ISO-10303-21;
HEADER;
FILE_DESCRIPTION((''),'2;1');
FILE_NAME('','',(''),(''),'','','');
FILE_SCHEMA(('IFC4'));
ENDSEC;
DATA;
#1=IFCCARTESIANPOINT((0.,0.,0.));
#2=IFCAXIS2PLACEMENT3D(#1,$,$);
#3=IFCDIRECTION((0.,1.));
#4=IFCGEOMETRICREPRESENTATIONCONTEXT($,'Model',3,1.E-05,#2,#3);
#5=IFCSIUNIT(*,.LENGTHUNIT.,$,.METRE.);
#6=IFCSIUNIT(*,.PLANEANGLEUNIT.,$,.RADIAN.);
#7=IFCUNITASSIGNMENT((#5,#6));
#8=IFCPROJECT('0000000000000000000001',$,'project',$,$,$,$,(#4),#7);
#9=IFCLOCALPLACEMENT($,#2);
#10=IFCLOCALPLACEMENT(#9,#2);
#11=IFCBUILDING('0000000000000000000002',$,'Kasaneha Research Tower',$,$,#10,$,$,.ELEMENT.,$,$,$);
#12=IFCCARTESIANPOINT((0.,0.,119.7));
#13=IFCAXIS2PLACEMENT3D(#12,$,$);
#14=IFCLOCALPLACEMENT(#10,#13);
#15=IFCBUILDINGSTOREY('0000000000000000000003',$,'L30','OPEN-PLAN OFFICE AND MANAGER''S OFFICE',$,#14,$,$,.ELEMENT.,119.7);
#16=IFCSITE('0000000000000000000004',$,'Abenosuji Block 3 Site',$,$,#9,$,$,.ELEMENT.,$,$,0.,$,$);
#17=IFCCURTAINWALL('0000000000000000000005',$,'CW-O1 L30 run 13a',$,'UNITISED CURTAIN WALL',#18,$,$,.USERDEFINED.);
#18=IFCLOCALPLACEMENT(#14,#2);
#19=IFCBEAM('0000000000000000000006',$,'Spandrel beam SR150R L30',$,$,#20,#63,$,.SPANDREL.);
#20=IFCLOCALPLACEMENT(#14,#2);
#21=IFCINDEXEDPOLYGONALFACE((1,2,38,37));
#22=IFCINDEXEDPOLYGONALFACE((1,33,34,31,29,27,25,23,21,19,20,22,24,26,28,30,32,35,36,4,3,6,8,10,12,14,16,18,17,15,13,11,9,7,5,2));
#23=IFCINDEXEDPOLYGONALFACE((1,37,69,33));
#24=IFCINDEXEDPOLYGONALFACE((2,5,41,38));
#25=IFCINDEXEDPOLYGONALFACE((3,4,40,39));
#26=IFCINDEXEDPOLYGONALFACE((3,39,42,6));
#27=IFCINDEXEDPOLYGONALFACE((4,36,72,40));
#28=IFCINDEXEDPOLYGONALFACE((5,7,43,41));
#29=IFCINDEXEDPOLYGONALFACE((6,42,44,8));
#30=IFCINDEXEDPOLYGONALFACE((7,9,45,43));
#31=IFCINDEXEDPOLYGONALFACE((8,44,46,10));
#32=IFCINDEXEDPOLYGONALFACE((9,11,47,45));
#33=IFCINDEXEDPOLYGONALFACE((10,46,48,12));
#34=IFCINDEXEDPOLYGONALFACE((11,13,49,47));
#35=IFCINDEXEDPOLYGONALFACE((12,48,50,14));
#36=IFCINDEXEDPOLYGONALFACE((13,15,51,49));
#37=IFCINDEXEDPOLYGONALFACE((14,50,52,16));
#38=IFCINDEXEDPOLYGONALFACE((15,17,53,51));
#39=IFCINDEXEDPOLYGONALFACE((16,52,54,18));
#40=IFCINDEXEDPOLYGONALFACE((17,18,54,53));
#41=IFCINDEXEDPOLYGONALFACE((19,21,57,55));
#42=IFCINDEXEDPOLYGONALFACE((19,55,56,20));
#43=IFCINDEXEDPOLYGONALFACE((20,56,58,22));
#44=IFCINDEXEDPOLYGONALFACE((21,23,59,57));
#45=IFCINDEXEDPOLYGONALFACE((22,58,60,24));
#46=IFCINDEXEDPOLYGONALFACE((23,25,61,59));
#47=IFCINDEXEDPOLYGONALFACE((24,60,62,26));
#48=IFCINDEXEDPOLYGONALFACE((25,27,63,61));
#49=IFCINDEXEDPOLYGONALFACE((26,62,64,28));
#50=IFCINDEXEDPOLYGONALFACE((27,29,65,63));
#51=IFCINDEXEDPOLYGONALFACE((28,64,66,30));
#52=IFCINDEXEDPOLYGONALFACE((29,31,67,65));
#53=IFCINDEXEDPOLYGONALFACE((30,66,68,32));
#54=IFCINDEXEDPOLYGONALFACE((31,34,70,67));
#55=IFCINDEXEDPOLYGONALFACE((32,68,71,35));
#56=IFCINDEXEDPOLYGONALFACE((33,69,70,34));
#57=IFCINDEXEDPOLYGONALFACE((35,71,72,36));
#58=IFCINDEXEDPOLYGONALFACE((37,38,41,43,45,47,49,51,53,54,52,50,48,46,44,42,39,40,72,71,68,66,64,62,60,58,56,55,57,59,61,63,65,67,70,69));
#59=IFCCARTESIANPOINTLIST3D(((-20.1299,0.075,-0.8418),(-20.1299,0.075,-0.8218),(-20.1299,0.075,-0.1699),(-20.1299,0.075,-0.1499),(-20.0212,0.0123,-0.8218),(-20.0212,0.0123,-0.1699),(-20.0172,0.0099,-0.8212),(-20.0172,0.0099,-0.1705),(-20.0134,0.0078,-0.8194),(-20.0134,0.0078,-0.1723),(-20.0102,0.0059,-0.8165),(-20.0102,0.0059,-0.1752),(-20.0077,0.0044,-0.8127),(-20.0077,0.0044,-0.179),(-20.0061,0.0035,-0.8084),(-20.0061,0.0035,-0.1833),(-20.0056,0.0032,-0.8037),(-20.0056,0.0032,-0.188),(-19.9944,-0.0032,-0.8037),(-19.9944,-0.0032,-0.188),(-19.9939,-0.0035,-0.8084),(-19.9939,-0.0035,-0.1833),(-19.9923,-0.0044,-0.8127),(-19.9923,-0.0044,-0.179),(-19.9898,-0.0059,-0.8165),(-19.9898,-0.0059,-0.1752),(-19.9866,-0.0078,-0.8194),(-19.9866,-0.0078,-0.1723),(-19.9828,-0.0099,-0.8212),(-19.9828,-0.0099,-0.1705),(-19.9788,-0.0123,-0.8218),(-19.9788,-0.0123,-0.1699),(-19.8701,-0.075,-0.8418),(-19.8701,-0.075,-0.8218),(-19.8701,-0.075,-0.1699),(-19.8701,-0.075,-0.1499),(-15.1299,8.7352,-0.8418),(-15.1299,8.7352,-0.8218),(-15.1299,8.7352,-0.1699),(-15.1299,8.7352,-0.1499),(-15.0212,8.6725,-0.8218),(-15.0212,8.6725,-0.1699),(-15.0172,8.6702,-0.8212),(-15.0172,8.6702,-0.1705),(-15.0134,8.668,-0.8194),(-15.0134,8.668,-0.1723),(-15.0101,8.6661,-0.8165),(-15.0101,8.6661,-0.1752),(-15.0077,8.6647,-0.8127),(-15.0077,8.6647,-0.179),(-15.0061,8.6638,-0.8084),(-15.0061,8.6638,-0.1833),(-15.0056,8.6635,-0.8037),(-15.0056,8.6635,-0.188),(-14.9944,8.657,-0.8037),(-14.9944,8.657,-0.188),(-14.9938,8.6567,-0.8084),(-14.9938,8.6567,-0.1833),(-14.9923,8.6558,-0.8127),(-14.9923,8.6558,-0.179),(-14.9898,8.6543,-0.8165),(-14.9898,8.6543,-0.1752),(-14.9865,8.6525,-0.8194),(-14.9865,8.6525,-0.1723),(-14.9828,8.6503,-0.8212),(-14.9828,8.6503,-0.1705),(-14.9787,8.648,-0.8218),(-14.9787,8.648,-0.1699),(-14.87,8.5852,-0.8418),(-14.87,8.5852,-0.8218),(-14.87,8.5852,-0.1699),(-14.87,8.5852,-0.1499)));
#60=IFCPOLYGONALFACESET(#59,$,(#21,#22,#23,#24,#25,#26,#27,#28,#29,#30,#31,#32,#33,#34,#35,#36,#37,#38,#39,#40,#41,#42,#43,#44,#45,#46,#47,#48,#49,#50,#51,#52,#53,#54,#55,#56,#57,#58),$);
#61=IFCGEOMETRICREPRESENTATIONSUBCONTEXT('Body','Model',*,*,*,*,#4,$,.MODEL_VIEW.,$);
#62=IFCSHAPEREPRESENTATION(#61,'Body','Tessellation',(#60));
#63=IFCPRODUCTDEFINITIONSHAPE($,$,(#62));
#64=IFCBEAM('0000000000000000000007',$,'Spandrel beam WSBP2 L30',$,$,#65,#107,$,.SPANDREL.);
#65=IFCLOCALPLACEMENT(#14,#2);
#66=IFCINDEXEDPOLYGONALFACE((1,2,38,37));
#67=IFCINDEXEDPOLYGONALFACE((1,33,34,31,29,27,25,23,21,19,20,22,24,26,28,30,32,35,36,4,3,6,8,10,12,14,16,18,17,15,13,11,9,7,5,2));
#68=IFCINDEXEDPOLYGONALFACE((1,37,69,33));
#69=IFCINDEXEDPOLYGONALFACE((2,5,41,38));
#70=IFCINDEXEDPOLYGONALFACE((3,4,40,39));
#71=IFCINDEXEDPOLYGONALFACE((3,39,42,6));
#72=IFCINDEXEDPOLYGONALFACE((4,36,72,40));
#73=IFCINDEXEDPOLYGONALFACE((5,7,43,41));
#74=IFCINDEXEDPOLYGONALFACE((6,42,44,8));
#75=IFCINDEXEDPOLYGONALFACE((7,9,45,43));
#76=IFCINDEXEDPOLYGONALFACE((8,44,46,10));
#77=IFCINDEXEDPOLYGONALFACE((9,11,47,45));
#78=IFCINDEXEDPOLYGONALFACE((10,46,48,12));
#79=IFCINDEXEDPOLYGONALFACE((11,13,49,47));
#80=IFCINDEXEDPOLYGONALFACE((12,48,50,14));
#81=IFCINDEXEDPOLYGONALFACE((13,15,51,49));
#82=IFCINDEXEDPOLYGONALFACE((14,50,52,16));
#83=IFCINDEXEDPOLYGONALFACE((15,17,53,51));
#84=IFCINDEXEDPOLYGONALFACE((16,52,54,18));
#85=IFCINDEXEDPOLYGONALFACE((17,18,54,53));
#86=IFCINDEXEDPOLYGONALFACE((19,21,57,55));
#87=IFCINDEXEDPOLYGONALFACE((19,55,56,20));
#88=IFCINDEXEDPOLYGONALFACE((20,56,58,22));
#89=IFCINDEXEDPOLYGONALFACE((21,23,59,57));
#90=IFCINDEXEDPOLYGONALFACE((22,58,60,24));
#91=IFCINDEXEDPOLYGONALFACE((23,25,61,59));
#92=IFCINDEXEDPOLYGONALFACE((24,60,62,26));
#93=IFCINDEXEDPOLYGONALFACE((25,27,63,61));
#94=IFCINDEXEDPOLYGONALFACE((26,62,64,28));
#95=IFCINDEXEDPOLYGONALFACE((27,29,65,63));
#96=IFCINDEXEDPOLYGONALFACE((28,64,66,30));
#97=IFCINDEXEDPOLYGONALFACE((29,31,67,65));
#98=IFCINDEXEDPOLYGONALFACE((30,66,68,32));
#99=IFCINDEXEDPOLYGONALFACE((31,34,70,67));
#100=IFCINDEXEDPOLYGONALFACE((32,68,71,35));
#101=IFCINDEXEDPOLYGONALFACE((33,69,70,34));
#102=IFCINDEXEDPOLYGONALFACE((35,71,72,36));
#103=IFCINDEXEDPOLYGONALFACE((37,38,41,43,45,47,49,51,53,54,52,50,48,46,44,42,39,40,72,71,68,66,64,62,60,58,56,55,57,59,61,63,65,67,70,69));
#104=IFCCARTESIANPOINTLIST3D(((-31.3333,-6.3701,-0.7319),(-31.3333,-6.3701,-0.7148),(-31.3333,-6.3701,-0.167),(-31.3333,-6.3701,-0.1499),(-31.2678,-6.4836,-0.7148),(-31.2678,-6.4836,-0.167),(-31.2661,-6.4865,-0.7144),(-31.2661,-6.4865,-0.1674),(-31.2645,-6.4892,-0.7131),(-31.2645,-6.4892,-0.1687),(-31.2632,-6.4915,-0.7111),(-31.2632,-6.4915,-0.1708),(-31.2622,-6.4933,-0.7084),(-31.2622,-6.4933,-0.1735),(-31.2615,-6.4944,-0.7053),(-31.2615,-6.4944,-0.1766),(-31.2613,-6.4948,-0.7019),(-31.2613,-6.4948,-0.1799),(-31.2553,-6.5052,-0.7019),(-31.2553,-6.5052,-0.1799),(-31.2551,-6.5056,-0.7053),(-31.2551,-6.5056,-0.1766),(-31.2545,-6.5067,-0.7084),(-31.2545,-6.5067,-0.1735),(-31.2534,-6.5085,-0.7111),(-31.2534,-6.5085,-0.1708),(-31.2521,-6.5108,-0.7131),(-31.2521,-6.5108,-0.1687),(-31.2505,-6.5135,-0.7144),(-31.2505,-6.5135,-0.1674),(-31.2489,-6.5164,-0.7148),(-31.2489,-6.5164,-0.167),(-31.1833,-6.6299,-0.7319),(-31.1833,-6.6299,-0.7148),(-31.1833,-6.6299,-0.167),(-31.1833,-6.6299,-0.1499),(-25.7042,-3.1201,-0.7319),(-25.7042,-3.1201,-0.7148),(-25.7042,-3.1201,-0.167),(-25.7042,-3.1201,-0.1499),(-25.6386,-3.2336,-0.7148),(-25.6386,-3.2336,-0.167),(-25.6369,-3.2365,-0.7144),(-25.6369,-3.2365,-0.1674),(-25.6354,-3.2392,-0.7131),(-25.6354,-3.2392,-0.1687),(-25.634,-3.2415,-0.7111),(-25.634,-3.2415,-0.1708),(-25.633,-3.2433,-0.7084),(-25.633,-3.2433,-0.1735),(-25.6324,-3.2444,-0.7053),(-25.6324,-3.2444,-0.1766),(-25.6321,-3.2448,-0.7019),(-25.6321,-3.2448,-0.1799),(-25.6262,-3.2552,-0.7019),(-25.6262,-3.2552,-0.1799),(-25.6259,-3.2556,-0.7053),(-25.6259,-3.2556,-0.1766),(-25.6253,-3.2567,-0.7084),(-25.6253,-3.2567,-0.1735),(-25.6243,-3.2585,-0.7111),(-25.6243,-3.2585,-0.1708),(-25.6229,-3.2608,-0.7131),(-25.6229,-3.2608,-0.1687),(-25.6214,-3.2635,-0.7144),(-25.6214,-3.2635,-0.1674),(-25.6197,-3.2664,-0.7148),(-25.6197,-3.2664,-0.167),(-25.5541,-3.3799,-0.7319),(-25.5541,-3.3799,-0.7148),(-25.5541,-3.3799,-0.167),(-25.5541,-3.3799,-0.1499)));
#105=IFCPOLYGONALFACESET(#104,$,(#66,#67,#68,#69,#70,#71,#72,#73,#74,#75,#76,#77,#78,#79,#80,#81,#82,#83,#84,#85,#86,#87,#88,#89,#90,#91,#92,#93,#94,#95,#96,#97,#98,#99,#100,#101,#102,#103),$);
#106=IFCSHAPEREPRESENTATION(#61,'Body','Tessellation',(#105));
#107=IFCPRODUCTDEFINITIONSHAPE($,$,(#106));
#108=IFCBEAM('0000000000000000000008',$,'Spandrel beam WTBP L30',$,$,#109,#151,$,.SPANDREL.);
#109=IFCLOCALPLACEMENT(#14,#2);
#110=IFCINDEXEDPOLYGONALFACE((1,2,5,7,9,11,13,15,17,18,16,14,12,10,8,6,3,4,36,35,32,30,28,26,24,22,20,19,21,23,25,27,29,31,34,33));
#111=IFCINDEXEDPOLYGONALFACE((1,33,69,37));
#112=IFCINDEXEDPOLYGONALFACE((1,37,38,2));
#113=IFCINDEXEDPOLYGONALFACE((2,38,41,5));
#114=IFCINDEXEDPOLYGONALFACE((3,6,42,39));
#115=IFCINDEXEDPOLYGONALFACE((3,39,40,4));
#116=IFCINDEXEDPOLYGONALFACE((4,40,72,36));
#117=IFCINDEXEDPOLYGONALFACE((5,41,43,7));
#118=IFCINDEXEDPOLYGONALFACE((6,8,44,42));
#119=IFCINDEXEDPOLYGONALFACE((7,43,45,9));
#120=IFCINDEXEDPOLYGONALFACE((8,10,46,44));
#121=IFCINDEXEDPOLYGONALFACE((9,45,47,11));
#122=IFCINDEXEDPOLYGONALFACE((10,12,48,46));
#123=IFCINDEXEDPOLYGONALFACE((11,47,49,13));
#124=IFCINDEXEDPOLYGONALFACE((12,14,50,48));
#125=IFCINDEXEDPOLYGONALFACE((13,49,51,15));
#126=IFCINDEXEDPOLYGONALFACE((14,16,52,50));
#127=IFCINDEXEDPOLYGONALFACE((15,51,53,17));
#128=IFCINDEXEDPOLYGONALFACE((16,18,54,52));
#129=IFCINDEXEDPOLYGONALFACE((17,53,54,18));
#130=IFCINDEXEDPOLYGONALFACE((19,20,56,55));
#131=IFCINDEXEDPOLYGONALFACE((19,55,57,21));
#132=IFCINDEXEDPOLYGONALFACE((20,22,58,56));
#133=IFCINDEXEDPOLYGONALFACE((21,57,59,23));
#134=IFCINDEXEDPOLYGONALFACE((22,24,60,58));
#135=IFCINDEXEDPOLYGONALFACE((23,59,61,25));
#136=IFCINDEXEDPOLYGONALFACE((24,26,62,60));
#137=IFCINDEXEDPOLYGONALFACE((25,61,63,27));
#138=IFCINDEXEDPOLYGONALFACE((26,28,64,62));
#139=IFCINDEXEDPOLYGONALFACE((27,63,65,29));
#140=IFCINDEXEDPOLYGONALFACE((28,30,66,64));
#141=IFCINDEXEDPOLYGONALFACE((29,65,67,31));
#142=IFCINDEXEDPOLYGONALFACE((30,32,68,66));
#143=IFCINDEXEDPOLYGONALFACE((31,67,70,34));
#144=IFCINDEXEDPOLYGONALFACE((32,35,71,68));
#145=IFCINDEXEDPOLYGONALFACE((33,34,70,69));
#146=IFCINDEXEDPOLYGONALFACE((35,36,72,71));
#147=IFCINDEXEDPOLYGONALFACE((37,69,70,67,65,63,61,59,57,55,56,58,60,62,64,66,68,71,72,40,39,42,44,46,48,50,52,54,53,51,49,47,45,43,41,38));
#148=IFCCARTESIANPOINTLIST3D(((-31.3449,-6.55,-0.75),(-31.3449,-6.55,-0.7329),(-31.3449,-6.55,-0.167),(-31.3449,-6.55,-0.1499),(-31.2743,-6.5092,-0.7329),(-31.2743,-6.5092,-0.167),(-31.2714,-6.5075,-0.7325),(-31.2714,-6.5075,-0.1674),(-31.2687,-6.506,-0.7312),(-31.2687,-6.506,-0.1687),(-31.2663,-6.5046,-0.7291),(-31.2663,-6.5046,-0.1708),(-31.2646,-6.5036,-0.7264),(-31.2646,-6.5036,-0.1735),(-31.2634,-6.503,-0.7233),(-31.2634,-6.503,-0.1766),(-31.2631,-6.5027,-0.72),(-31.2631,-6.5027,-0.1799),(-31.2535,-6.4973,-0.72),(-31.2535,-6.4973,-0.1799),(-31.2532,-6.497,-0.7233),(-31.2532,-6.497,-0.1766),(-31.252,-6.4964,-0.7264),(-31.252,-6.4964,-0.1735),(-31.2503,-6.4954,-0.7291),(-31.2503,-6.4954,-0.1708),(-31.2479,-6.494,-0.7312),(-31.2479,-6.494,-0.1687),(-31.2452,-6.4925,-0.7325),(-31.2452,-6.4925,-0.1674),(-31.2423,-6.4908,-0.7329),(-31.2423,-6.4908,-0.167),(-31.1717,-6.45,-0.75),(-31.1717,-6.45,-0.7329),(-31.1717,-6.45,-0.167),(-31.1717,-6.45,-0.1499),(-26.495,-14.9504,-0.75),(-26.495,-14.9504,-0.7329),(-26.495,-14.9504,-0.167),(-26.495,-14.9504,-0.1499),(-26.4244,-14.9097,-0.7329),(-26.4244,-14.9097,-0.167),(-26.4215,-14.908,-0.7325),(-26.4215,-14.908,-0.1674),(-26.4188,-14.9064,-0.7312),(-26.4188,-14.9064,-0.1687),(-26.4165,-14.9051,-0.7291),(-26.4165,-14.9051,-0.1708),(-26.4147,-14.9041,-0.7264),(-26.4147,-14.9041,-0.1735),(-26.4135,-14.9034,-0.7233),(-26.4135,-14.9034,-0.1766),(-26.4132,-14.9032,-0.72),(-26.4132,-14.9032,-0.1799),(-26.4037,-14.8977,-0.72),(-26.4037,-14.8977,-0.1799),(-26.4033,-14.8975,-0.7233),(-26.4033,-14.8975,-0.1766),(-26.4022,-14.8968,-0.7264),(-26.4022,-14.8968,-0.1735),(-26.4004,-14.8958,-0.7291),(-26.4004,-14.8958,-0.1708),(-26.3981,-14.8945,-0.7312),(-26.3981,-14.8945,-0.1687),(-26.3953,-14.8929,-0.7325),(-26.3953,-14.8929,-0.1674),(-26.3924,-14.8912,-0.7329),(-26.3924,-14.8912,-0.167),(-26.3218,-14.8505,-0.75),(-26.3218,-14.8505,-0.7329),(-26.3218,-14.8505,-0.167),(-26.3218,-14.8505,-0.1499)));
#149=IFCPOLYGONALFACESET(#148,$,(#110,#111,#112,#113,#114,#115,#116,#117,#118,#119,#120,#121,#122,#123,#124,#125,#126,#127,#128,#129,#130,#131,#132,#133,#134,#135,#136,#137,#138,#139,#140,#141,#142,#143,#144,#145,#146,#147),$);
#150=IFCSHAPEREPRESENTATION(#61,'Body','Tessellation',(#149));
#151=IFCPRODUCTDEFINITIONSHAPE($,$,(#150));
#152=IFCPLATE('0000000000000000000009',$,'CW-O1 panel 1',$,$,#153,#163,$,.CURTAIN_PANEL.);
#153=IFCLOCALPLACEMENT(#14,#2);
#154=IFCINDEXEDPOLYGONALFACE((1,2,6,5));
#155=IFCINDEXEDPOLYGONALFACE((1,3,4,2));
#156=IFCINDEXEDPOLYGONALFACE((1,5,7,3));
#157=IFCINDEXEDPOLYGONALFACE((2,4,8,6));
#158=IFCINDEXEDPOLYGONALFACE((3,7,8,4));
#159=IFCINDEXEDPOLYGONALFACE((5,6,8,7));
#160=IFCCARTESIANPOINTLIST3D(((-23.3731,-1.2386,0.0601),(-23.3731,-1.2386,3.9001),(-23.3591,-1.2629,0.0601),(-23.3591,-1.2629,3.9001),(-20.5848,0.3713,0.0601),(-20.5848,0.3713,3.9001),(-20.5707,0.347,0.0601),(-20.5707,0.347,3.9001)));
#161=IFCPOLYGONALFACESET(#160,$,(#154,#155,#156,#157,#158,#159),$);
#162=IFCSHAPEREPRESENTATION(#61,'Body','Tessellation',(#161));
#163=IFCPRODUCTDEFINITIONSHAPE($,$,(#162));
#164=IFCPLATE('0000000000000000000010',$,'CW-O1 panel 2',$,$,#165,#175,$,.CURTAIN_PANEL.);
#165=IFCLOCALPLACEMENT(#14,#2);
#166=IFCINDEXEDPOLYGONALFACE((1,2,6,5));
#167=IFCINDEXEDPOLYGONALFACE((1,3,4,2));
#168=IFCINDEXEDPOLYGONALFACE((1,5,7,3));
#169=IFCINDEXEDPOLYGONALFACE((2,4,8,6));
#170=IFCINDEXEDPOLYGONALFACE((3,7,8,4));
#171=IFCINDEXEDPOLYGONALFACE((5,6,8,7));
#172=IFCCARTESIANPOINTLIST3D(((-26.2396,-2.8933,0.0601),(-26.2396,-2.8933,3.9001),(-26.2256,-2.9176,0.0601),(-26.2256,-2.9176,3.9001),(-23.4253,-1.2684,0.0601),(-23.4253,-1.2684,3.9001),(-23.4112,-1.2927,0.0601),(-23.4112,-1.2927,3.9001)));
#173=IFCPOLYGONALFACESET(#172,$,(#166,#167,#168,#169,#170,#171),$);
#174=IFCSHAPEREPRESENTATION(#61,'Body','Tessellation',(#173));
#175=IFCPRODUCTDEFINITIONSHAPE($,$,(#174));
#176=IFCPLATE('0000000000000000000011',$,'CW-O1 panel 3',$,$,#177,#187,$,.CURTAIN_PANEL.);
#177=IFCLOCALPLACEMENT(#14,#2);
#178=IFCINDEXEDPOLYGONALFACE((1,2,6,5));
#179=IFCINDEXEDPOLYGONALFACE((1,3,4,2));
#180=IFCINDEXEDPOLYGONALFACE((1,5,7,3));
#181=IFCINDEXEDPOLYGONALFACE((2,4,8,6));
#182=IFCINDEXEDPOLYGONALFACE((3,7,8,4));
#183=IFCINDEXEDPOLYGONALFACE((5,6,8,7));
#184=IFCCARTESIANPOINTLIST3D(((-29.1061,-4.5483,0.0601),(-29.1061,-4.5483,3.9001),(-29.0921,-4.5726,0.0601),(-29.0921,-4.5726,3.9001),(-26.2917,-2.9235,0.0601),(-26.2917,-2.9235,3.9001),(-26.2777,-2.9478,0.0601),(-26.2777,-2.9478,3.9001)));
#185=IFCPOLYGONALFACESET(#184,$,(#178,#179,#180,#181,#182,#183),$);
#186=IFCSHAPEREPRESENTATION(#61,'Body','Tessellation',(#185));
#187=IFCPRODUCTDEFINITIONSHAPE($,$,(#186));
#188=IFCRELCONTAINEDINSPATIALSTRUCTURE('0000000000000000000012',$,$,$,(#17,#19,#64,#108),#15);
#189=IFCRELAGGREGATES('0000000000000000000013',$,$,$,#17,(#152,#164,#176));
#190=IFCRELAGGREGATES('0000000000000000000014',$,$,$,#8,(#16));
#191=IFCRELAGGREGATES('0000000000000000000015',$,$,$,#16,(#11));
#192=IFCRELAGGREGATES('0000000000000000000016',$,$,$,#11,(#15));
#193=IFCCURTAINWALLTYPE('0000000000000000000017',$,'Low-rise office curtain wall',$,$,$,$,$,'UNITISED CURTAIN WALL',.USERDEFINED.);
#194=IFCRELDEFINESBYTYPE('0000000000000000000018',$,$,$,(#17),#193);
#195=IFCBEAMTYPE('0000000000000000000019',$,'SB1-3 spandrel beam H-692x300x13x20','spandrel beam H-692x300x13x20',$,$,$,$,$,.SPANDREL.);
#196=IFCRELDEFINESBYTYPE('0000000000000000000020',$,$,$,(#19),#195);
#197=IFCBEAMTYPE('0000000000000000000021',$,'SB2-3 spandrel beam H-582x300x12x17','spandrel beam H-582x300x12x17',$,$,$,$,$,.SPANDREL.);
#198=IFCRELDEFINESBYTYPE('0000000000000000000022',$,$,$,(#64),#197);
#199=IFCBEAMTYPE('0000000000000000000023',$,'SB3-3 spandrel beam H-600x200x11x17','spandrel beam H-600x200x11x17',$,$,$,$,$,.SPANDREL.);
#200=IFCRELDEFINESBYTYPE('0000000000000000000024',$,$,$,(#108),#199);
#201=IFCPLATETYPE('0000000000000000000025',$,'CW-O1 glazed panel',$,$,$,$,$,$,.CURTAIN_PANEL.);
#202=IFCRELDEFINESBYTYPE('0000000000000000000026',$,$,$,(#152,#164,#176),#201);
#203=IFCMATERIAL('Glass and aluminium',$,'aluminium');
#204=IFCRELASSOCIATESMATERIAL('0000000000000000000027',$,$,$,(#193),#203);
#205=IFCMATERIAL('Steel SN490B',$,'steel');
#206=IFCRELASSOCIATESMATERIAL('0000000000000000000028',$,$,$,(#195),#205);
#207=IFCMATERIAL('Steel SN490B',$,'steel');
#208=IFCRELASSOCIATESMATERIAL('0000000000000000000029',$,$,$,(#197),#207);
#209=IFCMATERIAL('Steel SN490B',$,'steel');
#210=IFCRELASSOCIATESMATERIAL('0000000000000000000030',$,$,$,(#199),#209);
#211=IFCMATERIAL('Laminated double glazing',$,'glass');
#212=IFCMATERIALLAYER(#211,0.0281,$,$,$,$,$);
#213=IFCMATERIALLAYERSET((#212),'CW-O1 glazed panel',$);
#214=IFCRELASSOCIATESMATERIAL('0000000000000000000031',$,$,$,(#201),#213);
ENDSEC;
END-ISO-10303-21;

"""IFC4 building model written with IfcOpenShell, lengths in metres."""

from ifc_helpers import new_model, si_unit, direction, frame, origin, origin_2d, place, context, subcontext, project, spatial, rectangle, i_section, extrude, material, layer, layer_set, material_profile, profile_set, type_object, element, aggregate, save


model = new_model("IFC4")

# Units and contexts
model_context = context("Model", 3, precision=1e-05, world=origin(), true_north=direction((0.0, 1.0)))
body_context = subcontext(model_context, "Body", "Model", "MODEL_VIEW")
ifc_project = project(units=[si_unit("LENGTHUNIT", "METRE"), si_unit("PLANEANGLEUNIT", "RADIAN")], contexts=[model_context])

# Site, building, storey
site_placement = place(None, origin())
site = spatial("IfcSite", under=ifc_project, at=site_placement, Name="Abenosuji Block 3 Site", CompositionType="ELEMENT", RefElevation=0.0)
building_placement = place(site_placement, origin())
building = spatial("IfcBuilding", under=site, at=building_placement, Name="Kasaneha Research Tower", CompositionType="ELEMENT")
storey_placement = place(building_placement, frame((0.0, 0.0, 119.7)))
storey = spatial("IfcBuildingStorey", under=building, at=storey_placement, Name="L30", Description="OPEN-PLAN OFFICE AND MANAGER'S OFFICE", CompositionType="ELEMENT", Elevation=119.7)

# Curtain wall
ifc_material_1 = material(Name="Glass and aluminium", Category="aluminium")
curtain_wall_type = type_object("IfcCurtainWallType", Name="Low-rise office curtain wall", ElementType="UNITISED CURTAIN WALL", PredefinedType="USERDEFINED", material=ifc_material_1)
curtain_wall_1_placement = place(storey_placement, origin())
curtain_wall_1 = element("IfcCurtainWall", 1, at=curtain_wall_1_placement, inside=storey, type_object=curtain_wall_type, Name="CW-O1 L30 run 13a", ObjectType="UNITISED CURTAIN WALL", PredefinedType="USERDEFINED")

# Beams
ifc_material_2 = material(Name="Steel SN490B", Category="steel")
ifc_material_profile_1 = material_profile(ifc_material_2, i_section(OverallWidth=0.3, OverallDepth=0.6919, WebThickness=0.0129, FlangeThickness=0.02, FilletRadius=0.0181, at=origin_2d()), Name="H-692x300x13x20")
ifc_profile_set_1 = profile_set([ifc_material_profile_1], Name="Steel SN490B")
beam_type_1 = type_object("IfcBeamType", Name="SB1-3 spandrel beam H-692x300x13x20", Description="spandrel beam H-692x300x13x20", PredefinedType="SPANDREL", material=ifc_profile_set_1)
beam_1_placement = place(storey_placement, frame((-20.0, 0.0, -0.4958), z_axis=(0.500004, 0.866023, 0.0), x_axis=(-0.866023, 0.500004, 0.0)))
element("IfcBeam", 2, at=beam_1_placement, inside=storey, type_object=beam_type_1, Name="Spandrel beam SR150R L30", PredefinedType="SPANDREL", context=body_context, shape_type="SweptSolid", body=[
    extrude(i_section(OverallWidth=0.3, OverallDepth=0.6919, WebThickness=0.0129, FlangeThickness=0.02, FilletRadius=0.0181, at=origin_2d()), origin(), (0.0, 0.0, 1.0), 10.0),
])
ifc_material_3 = material(Name="Steel SN490B", Category="steel")
ifc_material_profile_2 = material_profile(ifc_material_3, i_section(OverallWidth=0.3, OverallDepth=0.582, WebThickness=0.012, FlangeThickness=0.0171, FilletRadius=0.0129, at=origin_2d()), Name="H-582x300x12x17")
ifc_profile_set_2 = profile_set([ifc_material_profile_2], Name="Steel SN490B")
beam_type_2 = type_object("IfcBeamType", Name="SB2-3 spandrel beam H-582x300x12x17", Description="spandrel beam H-582x300x12x17", PredefinedType="SPANDREL", material=ifc_profile_set_2)
beam_2_placement = place(storey_placement, frame((-25.6292, -3.25, -0.4409), z_axis=(-0.866025, -0.500001, 0.0), x_axis=(0.500001, -0.866025, 0.0)))
element("IfcBeam", 3, at=beam_2_placement, inside=storey, type_object=beam_type_2, Name="Spandrel beam WSBP2 L30", PredefinedType="SPANDREL", context=body_context, shape_type="SweptSolid", body=[
    extrude(i_section(OverallWidth=0.3, OverallDepth=0.582, WebThickness=0.012, FlangeThickness=0.0171, FilletRadius=0.0129, at=origin_2d()), origin(), (0.0, 0.0, 1.0), 6.5),
])
ifc_material_4 = material(Name="Steel SN490B", Category="steel")
ifc_material_profile_3 = material_profile(ifc_material_4, i_section(OverallWidth=0.2, OverallDepth=0.6001, WebThickness=0.011, FlangeThickness=0.0171, FilletRadius=0.0129, at=origin_2d()), Name="H-600x200x11x17")
ifc_profile_set_3 = profile_set([ifc_material_profile_3], Name="Steel SN490B")
beam_type_3 = type_object("IfcBeamType", Name="SB3-3 spandrel beam H-600x200x11x17", Description="spandrel beam H-600x200x11x17", PredefinedType="SPANDREL", material=ifc_profile_set_3)
beam_3_placement = place(storey_placement, frame((-31.2583, -6.5, -0.45), z_axis=(0.499991, -0.866031, 0.0), x_axis=(0.866031, 0.499991, 0.0)))
element("IfcBeam", 4, at=beam_3_placement, inside=storey, type_object=beam_type_3, Name="Spandrel beam WTBP L30", PredefinedType="SPANDREL", context=body_context, shape_type="SweptSolid", body=[
    extrude(i_section(OverallWidth=0.2, OverallDepth=0.6001, WebThickness=0.011, FlangeThickness=0.0171, FilletRadius=0.0129, at=origin_2d()), origin(), (0.0, 0.0, 1.0), 9.7),
])

# Plates
ifc_material_5 = material(Name="Laminated double glazing", Category="glass")
ifc_layer_1 = layer(ifc_material_5, 0.0281)
ifc_layer_set_1 = layer_set([ifc_layer_1], Name="CW-O1 glazed panel")
plate_type = type_object("IfcPlateType", Name="CW-O1 glazed panel", PredefinedType="CURTAIN_PANEL", material=ifc_layer_set_1)
plate_1_placement = place(storey_placement, frame((-21.9719, -0.4458, 0.0601), z_axis=(0.0, 0.0, 1.0), x_axis=(-0.866025, -0.5, 0.0)))
plate_1 = element("IfcPlate", 5, at=plate_1_placement, type_object=plate_type, Name="CW-O1 panel 1", PredefinedType="CURTAIN_PANEL", context=body_context, shape_type="SweptSolid", body=[
    extrude(rectangle(XDim=3.2197, YDim=0.0281, at=origin_2d()), origin(), (0.0, 0.0, 1.0), 3.8401),
])
plate_2_placement = place(storey_placement, frame((-24.8254, -2.093, 0.0601), z_axis=(0.0, 0.0, 1.0), x_axis=(-0.866025, -0.5, 0.0)))
plate_2 = element("IfcPlate", 6, at=plate_2_placement, type_object=plate_type, Name="CW-O1 panel 2", PredefinedType="CURTAIN_PANEL", context=body_context, shape_type="SweptSolid", body=[
    extrude(rectangle(XDim=3.2498, YDim=0.0281, at=origin_2d()), origin(), (0.0, 0.0, 1.0), 3.8401),
])
plate_3_placement = place(storey_placement, frame((-27.6919, -3.748, 0.0601), z_axis=(0.0, 0.0, 1.0), x_axis=(-0.866025, -0.5, 0.0)))
plate_3 = element("IfcPlate", 7, at=plate_3_placement, type_object=plate_type, Name="CW-O1 panel 3", PredefinedType="CURTAIN_PANEL", context=body_context, shape_type="SweptSolid", body=[
    extrude(rectangle(XDim=3.2498, YDim=0.0281, at=origin_2d()), origin(), (0.0, 0.0, 1.0), 3.8401),
])
aggregate(curtain_wall_1, [plate_1, plate_2, plate_3])

save(model, "model.ifc")
